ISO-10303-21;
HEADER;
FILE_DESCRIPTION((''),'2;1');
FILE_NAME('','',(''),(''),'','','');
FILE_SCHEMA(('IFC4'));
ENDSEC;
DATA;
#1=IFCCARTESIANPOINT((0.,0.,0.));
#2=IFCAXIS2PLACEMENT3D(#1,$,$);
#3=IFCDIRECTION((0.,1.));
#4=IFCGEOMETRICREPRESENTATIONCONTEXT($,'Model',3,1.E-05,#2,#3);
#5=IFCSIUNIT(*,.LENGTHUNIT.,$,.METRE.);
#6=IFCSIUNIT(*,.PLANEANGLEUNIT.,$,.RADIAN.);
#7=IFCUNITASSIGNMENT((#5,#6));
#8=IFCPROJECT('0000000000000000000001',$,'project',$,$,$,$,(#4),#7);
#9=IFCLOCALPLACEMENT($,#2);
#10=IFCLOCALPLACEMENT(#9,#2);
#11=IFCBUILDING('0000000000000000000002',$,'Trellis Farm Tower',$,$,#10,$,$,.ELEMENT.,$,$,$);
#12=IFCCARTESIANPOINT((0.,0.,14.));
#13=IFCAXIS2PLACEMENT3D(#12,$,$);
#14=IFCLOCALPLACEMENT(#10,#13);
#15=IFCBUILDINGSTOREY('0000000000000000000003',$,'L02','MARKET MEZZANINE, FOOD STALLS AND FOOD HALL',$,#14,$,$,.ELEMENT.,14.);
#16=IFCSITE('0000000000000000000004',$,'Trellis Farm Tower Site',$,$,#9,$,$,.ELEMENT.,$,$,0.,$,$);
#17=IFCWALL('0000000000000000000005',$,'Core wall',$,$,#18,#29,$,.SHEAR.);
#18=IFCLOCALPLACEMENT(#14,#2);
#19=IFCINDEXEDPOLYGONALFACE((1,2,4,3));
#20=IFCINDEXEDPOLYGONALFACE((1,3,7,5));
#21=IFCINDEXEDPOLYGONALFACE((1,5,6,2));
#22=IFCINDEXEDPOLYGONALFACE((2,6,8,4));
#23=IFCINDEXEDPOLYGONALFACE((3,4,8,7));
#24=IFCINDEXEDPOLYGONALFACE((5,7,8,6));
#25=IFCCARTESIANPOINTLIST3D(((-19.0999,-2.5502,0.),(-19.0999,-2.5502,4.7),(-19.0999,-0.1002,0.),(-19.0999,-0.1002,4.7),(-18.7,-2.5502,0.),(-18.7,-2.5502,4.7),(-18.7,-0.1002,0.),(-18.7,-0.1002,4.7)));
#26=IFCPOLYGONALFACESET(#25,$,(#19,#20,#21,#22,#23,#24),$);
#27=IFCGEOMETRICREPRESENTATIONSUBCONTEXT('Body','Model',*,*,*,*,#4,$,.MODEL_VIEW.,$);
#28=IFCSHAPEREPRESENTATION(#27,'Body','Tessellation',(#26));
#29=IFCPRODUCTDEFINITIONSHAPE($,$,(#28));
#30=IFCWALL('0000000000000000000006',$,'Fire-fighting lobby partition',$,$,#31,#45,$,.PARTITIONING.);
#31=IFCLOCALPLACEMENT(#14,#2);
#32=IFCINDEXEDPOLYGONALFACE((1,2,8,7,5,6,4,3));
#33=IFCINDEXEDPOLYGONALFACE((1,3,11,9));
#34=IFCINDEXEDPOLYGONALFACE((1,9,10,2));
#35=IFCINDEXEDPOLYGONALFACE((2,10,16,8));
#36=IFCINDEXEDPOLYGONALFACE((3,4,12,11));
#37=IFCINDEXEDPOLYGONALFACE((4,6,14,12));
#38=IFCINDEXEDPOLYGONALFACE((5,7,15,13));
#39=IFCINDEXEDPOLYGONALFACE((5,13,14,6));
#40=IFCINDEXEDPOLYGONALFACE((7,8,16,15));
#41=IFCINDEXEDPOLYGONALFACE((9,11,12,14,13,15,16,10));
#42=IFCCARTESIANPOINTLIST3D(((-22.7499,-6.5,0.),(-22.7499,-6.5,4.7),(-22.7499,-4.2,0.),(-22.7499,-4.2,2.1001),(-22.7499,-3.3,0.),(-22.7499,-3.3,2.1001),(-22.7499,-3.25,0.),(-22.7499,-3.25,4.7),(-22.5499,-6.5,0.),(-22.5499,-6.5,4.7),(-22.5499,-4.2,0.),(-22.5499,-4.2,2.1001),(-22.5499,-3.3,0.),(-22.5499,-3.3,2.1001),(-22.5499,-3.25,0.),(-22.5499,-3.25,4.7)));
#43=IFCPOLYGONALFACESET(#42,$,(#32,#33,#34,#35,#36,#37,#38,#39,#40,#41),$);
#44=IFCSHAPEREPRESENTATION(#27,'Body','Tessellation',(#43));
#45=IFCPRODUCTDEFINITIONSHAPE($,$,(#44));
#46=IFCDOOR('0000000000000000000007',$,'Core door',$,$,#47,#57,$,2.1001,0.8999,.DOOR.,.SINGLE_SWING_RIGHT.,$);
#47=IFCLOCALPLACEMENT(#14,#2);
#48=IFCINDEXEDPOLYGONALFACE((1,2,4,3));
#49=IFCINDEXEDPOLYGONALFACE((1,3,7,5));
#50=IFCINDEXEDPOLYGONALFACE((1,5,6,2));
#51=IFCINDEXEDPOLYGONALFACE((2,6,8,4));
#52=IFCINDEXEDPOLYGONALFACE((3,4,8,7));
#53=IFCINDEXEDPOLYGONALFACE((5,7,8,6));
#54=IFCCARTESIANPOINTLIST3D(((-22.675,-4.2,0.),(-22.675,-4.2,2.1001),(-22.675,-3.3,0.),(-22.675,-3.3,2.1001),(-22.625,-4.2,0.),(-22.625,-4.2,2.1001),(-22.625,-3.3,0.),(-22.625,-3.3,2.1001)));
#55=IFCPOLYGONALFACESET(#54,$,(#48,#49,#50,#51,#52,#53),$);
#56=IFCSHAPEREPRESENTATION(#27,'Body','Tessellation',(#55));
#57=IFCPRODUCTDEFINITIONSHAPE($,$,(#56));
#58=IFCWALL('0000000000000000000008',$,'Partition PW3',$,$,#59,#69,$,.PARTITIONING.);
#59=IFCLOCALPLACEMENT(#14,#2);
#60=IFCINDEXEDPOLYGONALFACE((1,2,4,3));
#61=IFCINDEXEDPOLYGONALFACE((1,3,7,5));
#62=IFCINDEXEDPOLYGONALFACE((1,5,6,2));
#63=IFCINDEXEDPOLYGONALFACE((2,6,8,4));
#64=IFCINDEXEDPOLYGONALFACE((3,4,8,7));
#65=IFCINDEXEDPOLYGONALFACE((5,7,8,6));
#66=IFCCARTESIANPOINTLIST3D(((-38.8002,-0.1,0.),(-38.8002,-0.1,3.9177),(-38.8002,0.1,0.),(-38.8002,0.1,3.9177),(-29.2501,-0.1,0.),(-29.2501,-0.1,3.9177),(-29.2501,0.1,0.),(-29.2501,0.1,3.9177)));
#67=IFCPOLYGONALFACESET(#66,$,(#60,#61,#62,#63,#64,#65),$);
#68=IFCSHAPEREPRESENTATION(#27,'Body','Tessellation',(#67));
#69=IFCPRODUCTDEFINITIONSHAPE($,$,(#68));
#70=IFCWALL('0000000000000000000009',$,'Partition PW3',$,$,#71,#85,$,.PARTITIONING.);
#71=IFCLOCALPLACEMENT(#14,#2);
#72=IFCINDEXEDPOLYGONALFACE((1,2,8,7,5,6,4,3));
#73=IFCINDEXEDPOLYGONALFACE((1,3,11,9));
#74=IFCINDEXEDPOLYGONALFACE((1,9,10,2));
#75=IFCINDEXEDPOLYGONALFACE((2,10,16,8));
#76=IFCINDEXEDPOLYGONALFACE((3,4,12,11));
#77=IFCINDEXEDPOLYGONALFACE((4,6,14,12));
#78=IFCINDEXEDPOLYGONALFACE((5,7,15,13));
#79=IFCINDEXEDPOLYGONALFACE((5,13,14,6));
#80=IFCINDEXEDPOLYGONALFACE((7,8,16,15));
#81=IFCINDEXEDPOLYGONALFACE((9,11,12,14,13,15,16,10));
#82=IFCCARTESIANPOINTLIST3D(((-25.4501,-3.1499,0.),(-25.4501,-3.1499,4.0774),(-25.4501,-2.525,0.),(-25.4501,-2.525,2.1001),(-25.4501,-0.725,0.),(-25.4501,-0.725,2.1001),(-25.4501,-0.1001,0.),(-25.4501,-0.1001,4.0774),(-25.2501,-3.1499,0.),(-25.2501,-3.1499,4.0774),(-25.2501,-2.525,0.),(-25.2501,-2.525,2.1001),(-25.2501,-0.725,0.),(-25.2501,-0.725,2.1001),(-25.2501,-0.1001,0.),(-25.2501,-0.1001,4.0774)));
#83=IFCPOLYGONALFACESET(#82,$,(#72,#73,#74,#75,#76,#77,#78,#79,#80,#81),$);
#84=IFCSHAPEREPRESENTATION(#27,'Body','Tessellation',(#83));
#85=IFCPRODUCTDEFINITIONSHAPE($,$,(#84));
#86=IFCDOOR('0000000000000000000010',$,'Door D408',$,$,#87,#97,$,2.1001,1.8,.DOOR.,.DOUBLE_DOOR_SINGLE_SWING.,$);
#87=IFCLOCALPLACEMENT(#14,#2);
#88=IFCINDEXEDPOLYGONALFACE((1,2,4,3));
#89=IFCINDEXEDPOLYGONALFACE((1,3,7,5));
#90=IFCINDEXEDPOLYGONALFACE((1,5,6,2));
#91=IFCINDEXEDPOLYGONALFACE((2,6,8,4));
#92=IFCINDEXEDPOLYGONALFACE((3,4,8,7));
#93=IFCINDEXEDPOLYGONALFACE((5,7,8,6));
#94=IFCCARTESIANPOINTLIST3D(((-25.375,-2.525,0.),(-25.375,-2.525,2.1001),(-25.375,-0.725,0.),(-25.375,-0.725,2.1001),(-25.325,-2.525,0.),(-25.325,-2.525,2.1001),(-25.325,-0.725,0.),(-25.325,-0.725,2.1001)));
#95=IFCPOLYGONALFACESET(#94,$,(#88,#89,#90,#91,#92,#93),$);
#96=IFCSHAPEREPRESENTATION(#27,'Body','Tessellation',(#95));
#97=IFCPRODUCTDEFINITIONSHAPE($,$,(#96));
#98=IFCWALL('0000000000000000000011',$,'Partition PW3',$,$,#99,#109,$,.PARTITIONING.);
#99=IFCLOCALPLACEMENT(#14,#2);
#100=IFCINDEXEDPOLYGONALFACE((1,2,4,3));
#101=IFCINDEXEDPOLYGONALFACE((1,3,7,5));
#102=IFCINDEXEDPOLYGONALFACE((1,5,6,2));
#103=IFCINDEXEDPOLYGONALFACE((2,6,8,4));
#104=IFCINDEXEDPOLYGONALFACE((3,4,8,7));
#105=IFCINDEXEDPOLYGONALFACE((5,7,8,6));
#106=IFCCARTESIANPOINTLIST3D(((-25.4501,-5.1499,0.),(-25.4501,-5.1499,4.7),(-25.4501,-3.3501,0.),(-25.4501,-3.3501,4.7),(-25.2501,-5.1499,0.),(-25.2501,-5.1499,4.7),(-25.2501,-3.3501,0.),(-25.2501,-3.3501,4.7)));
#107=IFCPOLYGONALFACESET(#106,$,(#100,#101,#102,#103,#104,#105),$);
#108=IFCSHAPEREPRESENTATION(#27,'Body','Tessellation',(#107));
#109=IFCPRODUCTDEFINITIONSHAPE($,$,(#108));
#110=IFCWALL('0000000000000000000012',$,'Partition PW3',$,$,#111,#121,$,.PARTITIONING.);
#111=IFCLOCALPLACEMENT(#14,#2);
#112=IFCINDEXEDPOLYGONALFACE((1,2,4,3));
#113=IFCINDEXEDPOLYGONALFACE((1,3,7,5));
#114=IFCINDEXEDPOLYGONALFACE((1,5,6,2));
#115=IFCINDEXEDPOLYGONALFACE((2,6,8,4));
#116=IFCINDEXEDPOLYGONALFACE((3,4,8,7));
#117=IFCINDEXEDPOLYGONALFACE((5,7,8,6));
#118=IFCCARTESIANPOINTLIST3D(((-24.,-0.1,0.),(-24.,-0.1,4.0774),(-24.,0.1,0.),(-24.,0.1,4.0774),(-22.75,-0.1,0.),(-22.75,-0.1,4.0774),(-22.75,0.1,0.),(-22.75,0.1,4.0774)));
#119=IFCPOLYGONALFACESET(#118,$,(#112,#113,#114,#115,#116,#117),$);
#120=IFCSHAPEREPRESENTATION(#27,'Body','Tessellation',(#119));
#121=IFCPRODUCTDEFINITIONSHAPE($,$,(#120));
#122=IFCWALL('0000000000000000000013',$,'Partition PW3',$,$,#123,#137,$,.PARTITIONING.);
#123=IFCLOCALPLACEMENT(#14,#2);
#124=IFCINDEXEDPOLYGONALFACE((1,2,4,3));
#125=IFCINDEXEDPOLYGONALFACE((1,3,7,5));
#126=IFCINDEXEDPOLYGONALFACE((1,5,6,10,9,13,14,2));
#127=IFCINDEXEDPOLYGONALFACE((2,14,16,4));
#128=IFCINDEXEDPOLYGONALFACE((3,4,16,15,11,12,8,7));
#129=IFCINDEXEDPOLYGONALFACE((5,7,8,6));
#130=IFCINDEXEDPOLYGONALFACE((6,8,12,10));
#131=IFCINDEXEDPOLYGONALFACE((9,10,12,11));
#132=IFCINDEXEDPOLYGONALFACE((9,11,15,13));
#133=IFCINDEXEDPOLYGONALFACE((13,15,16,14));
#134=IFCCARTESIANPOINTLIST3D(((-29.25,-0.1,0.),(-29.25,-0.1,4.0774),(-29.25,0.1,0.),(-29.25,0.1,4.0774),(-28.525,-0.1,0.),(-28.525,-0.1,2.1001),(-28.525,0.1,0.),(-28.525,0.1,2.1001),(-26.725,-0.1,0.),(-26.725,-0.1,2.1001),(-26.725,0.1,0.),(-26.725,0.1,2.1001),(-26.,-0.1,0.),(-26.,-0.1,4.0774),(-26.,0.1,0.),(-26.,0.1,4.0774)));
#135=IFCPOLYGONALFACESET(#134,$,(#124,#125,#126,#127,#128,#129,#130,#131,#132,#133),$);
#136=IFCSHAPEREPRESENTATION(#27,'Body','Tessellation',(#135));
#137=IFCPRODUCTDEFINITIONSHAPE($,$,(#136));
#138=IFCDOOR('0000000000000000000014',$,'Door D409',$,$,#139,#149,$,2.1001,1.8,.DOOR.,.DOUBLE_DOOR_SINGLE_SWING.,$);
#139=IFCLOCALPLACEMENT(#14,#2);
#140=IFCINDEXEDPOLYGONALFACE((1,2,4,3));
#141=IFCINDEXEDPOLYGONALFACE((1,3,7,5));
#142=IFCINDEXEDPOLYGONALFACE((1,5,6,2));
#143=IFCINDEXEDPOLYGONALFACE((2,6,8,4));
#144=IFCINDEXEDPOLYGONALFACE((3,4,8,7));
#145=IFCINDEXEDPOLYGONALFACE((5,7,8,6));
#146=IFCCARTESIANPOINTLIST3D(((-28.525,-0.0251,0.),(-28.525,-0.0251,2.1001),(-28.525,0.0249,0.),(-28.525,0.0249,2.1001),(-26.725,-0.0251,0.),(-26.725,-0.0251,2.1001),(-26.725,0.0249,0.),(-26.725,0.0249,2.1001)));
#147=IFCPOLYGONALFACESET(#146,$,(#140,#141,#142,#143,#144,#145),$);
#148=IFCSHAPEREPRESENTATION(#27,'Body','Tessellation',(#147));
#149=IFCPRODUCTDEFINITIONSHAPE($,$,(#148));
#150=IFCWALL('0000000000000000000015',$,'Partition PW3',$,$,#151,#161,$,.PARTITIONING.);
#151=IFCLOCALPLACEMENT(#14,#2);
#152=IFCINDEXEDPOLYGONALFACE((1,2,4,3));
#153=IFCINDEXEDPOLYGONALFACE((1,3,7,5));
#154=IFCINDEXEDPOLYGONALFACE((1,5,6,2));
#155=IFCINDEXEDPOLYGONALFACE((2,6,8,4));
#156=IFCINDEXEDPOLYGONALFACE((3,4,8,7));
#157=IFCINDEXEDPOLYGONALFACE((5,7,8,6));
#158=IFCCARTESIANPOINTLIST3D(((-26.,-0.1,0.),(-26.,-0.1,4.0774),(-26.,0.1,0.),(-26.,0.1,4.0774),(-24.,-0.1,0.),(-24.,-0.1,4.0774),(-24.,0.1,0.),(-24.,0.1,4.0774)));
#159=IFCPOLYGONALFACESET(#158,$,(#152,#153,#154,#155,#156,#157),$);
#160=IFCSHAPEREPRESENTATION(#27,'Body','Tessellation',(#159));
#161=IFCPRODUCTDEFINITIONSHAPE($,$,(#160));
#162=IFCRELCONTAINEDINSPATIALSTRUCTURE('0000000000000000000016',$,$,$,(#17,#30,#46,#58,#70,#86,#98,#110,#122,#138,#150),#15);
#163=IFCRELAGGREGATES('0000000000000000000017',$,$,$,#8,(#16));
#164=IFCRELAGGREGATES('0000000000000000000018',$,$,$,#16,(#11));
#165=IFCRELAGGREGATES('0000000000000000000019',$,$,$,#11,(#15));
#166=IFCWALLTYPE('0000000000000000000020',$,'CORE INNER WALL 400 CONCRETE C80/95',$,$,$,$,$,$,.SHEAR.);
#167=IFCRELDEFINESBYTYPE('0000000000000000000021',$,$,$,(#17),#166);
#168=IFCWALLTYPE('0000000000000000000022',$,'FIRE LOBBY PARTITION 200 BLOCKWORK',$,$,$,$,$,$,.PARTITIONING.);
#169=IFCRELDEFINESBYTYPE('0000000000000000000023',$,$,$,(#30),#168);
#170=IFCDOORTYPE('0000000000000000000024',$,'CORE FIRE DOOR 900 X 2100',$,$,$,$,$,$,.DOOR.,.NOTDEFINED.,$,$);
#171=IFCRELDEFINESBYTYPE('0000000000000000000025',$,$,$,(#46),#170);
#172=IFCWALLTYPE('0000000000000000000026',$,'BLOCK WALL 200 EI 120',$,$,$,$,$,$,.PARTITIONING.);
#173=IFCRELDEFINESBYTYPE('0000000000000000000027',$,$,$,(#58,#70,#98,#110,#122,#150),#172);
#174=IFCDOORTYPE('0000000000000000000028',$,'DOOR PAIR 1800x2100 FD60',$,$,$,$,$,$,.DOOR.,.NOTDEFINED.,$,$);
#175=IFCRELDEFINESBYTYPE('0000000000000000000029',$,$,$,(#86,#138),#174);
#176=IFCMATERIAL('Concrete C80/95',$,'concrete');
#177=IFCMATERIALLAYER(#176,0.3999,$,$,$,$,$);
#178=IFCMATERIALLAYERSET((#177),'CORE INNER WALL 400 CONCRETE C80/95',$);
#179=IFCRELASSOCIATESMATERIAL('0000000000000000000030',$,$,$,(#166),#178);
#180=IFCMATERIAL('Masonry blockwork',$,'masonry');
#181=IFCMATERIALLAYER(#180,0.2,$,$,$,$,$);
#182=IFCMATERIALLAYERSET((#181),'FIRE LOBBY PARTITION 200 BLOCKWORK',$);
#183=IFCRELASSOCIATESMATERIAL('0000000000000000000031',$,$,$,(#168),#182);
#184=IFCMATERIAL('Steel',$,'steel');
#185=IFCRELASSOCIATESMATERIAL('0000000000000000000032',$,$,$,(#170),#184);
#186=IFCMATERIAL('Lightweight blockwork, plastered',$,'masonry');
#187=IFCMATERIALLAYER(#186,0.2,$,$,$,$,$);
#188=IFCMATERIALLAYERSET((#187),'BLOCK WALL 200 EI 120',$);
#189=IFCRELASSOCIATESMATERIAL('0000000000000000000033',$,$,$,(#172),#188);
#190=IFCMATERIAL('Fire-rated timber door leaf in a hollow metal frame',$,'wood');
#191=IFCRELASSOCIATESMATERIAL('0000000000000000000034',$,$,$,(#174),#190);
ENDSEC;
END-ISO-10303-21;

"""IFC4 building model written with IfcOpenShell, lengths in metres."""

from ifc_helpers import new_model, si_unit, direction, frame, frame_2d, origin, place, context, subcontext, project, spatial, rectangle, extrude, source, transform, mapped, material, layer, layer_set, type_object, element, fill, save


model = new_model("IFC4")

# Units and contexts
model_context = context("Model", 3, precision=1e-05, world=origin(), true_north=direction((0.0, 1.0)))
body_context = subcontext(model_context, "Body", "Model", "MODEL_VIEW")
ifc_project = project(units=[si_unit("LENGTHUNIT", "METRE"), si_unit("PLANEANGLEUNIT", "RADIAN")], contexts=[model_context])

# Site, building, storey
site_placement = place(None, origin())
site = spatial("IfcSite", under=ifc_project, at=site_placement, Name="Trellis Farm Tower Site", CompositionType="ELEMENT", RefElevation=0.0)
building_placement = place(site_placement, origin())
building = spatial("IfcBuilding", under=site, at=building_placement, Name="Trellis Farm Tower", CompositionType="ELEMENT")
storey_placement = place(building_placement, frame((0.0, 0.0, 14.0)))
storey = spatial("IfcBuildingStorey", under=building, at=storey_placement, Name="L02", Description="MARKET MEZZANINE, FOOD STALLS AND FOOD HALL", CompositionType="ELEMENT", Elevation=14.0)

# Shared definitions
ifc_material_1 = material(Name="Concrete C80/95", Category="concrete")

# Wall
ifc_layer_1 = layer(ifc_material_1, 0.3999)
ifc_layer_set_1 = layer_set([ifc_layer_1], Name="CORE INNER WALL 400 CONCRETE C80/95")
wall_type_1 = type_object("IfcWallType", Name="CORE INNER WALL 400 CONCRETE C80/95", PredefinedType="SHEAR", material=ifc_layer_set_1)
shared_shape_1 = source(origin(), body_context, "Body", "SweptSolid", [
    extrude(rectangle(XDim=2.45, YDim=0.3999, at=frame_2d((1.2251, 0.0))), origin(), (0.0, 0.0, 1.0), 4.7),
])
wall_1_placement = place(storey_placement, frame((-18.8999, -0.1001, 0.0), z_axis=(0.0, 0.0, 1.0), x_axis=(0.0, -1.0, 0.0)))
element("IfcWall", 1, at=wall_1_placement, inside=storey, type_object=wall_type_1, Name="Core wall", PredefinedType="SHEAR", context=body_context, shape_type="MappedRepresentation", body=[
    mapped(shared_shape_1, transform((0.0, 0.0, 0.0))),
])

# Wall, opening, door
ifc_material_2 = material(Name="Masonry blockwork", Category="masonry")
ifc_layer_2 = layer(ifc_material_2, 0.2)
ifc_layer_set_2 = layer_set([ifc_layer_2], Name="FIRE LOBBY PARTITION 200 BLOCKWORK")
wall_type_2 = type_object("IfcWallType", Name="FIRE LOBBY PARTITION 200 BLOCKWORK", PredefinedType="PARTITIONING", material=ifc_layer_set_2)
shared_shape_2 = source(origin(), body_context, "Body", "SweptSolid", [
    extrude(rectangle(XDim=3.25, YDim=0.2, at=frame_2d((1.625, 0.0))), origin(), (0.0, 0.0, 1.0), 4.7),
])
wall_2_placement = place(storey_placement, frame((-22.6499, -3.25, 0.0), z_axis=(0.0, 0.0, 1.0), x_axis=(0.0, -1.0, 0.0)))
wall_2 = element("IfcWall", 2, at=wall_2_placement, inside=storey, type_object=wall_type_2, Name="Fire-fighting lobby partition", PredefinedType="PARTITIONING", context=body_context, shape_type="MappedRepresentation", body=[
    mapped(shared_shape_2, transform((0.0, 0.0, 0.0))),
])
shared_shape_3 = source(origin(), body_context, "Body", "SweptSolid", [
    extrude(rectangle(XDim=0.8999, YDim=2.1001, at=frame_2d((0.45, 1.05))), frame((0.0, 0.1101, 0.0), z_axis=(0.0, -1.0, 0.0), x_axis=(1.0, 0.0, 0.0)), (0.0, 0.0, 1.0), 0.2202),
])
opening_1_placement = place(wall_2_placement, frame((0.05, 0.0, 0.0)))
opening_1 = element("IfcOpeningElement", 3, at=opening_1_placement, cuts=wall_2, PredefinedType="OPENING", context=body_context, shape_type="MappedRepresentation", body=[
    mapped(shared_shape_3, transform((0.0, 0.0, 0.0))),
])
ifc_material_3 = material(Name="Steel", Category="steel")
door_type_1 = type_object("IfcDoorType", Name="CORE FIRE DOOR 900 X 2100", OperationType="NOTDEFINED", PredefinedType="DOOR", material=ifc_material_3)
shared_shape_4 = source(origin(), body_context, "Body", "SweptSolid", [
    extrude(rectangle(XDim=0.8999, YDim=2.1001, at=frame_2d((0.45, 1.05))), frame((0.0, 0.0249, 0.0), z_axis=(0.0, -1.0, 0.0), x_axis=(1.0, 0.0, 0.0)), (0.0, 0.0, 1.0), 0.05),
])
door_1_placement = place(opening_1_placement, origin())
door_1 = element("IfcDoor", 4, at=door_1_placement, inside=storey, type_object=door_type_1, Name="Core door", OperationType="SINGLE_SWING_RIGHT", OverallHeight=2.1001, OverallWidth=0.8999, PredefinedType="DOOR", context=body_context, shape_type="MappedRepresentation", body=[
    mapped(shared_shape_4, transform((0.0, 0.0, 0.0))),
])
fill(opening_1, door_1)

# Wall
ifc_material_4 = material(Name="Lightweight blockwork, plastered", Category="masonry")
ifc_layer_3 = layer(ifc_material_4, 0.2)
ifc_layer_set_3 = layer_set([ifc_layer_3], Name="BLOCK WALL 200 EI 120")
wall_type_3 = type_object("IfcWallType", Name="BLOCK WALL 200 EI 120", PredefinedType="PARTITIONING", material=ifc_layer_set_3)
shared_shape_5 = source(origin(), body_context, "Body", "SweptSolid", [
    extrude(rectangle(XDim=9.55, YDim=0.2, at=frame_2d((4.7749, 0.0))), origin(), (0.0, 0.0, 1.0), 3.9177),
])
wall_3_placement = place(storey_placement, frame((-38.8, 0.0, 0.0), z_axis=(0.0, 0.0, 1.0), x_axis=(1.0, 0.0, 0.0)))
element("IfcWall", 5, at=wall_3_placement, inside=storey, type_object=wall_type_3, Name="Partition PW3", PredefinedType="PARTITIONING", context=body_context, shape_type="MappedRepresentation", body=[
    mapped(shared_shape_5, transform((0.0, 0.0, 0.0))),
])

# Wall, opening, door
shared_shape_6 = source(origin(), body_context, "Body", "SweptSolid", [
    extrude(rectangle(XDim=3.0498, YDim=0.2, at=frame_2d((1.5249, 0.0))), origin(), (0.0, 0.0, 1.0), 4.0774),
])
wall_4_placement = place(storey_placement, frame((-25.3501, -3.1499, 0.0), z_axis=(0.0, 0.0, 1.0), x_axis=(0.0, 1.0, 0.0)))
wall_4 = element("IfcWall", 6, at=wall_4_placement, inside=storey, type_object=wall_type_3, Name="Partition PW3", PredefinedType="PARTITIONING", context=body_context, shape_type="MappedRepresentation", body=[
    mapped(shared_shape_6, transform((0.0, 0.0, 0.0))),
])
shared_shape_7 = source(origin(), body_context, "Body", "SweptSolid", [
    extrude(rectangle(XDim=1.8, YDim=2.1001, at=frame_2d((0.8999, 1.05))), frame((0.0, 0.1101, 0.0), z_axis=(0.0, -1.0, 0.0), x_axis=(1.0, 0.0, 0.0)), (0.0, 0.0, 1.0), 0.2202),
])
opening_2_placement = place(wall_4_placement, frame((0.625, 0.0, 0.0)))
opening_2 = element("IfcOpeningElement", 7, at=opening_2_placement, cuts=wall_4, PredefinedType="OPENING", context=body_context, shape_type="MappedRepresentation", body=[
    mapped(shared_shape_7, transform((0.0, 0.0, 0.0))),
])
ifc_material_5 = material(Name="Fire-rated timber door leaf in a hollow metal frame", Category="wood")
door_type_2 = type_object("IfcDoorType", Name="DOOR PAIR 1800x2100 FD60", OperationType="NOTDEFINED", PredefinedType="DOOR", material=ifc_material_5)
shared_shape_8 = source(origin(), body_context, "Body", "SweptSolid", [
    extrude(rectangle(XDim=1.8, YDim=2.1001, at=frame_2d((0.8999, 1.05))), frame((0.0, 0.0249, 0.0), z_axis=(0.0, -1.0, 0.0), x_axis=(1.0, 0.0, 0.0)), (0.0, 0.0, 1.0), 0.05),
])
door_2_placement = place(opening_2_placement, origin())
door_2 = element("IfcDoor", 8, at=door_2_placement, inside=storey, type_object=door_type_2, Name="Door D408", OperationType="DOUBLE_DOOR_SINGLE_SWING", OverallHeight=2.1001, OverallWidth=1.8, PredefinedType="DOOR", context=body_context, shape_type="MappedRepresentation", body=[
    mapped(shared_shape_8, transform((0.0, 0.0, 0.0))),
])
fill(opening_2, door_2)

# Walls
shared_shape_9 = source(origin(), body_context, "Body", "SweptSolid", [
    extrude(rectangle(XDim=1.7998, YDim=0.2, at=frame_2d((0.8999, 0.0))), origin(), (0.0, 0.0, 1.0), 4.7),
])
wall_5_placement = place(storey_placement, frame((-25.3501, -3.3501, 0.0), z_axis=(0.0, 0.0, 1.0), x_axis=(0.0, -1.0, 0.0)))
element("IfcWall", 9, at=wall_5_placement, inside=storey, type_object=wall_type_3, Name="Partition PW3", PredefinedType="PARTITIONING", context=body_context, shape_type="MappedRepresentation", body=[
    mapped(shared_shape_9, transform((0.0, 0.0, 0.0))),
])
shared_shape_10 = source(origin(), body_context, "Body", "SweptSolid", [
    extrude(rectangle(XDim=1.25, YDim=0.2, at=frame_2d((0.625, 0.0))), origin(), (0.0, 0.0, 1.0), 4.0774),
])
wall_6_placement = place(storey_placement, frame((-24.0, 0.0, 0.0), z_axis=(0.0, 0.0, 1.0), x_axis=(1.0, 0.0, 0.0)))
element("IfcWall", 10, at=wall_6_placement, inside=storey, type_object=wall_type_3, Name="Partition PW3", PredefinedType="PARTITIONING", context=body_context, shape_type="MappedRepresentation", body=[
    mapped(shared_shape_10, transform((0.0, 0.0, 0.0))),
])

# Wall, opening, door
shared_shape_11 = source(origin(), body_context, "Body", "SweptSolid", [
    extrude(rectangle(XDim=3.25, YDim=0.2, at=frame_2d((1.625, 0.0))), origin(), (0.0, 0.0, 1.0), 4.0774),
])
wall_7_placement = place(storey_placement, frame((-29.25, 0.0, 0.0), z_axis=(0.0, 0.0, 1.0), x_axis=(1.0, 0.0, 0.0)))
wall_7 = element("IfcWall", 11, at=wall_7_placement, inside=storey, type_object=wall_type_3, Name="Partition PW3", PredefinedType="PARTITIONING", context=body_context, shape_type="MappedRepresentation", body=[
    mapped(shared_shape_11, transform((0.0, 0.0, 0.0))),
])
opening_3_placement = place(wall_7_placement, frame((0.7251, 0.0, 0.0)))
opening_3 = element("IfcOpeningElement", 12, at=opening_3_placement, cuts=wall_7, PredefinedType="OPENING", context=body_context, shape_type="MappedRepresentation", body=[
    mapped(shared_shape_7, transform((0.0, 0.0, 0.0))),
])
door_3_placement = place(opening_3_placement, origin())
door_3 = element("IfcDoor", 13, at=door_3_placement, inside=storey, type_object=door_type_2, Name="Door D409", OperationType="DOUBLE_DOOR_SINGLE_SWING", OverallHeight=2.1001, OverallWidth=1.8, PredefinedType="DOOR", context=body_context, shape_type="MappedRepresentation", body=[
    mapped(shared_shape_8, transform((0.0, 0.0, 0.0))),
])
fill(opening_3, door_3)

# Wall
shared_shape_12 = source(origin(), body_context, "Body", "SweptSolid", [
    extrude(rectangle(XDim=2.0, YDim=0.2, at=frame_2d((1.0, 0.0))), origin(), (0.0, 0.0, 1.0), 4.0774),
])
wall_8_placement = place(storey_placement, frame((-26.0, 0.0, 0.0), z_axis=(0.0, 0.0, 1.0), x_axis=(1.0, 0.0, 0.0)))
element("IfcWall", 14, at=wall_8_placement, inside=storey, type_object=wall_type_3, Name="Partition PW3", PredefinedType="PARTITIONING", context=body_context, shape_type="MappedRepresentation", body=[
    mapped(shared_shape_12, transform((0.0, 0.0, 0.0))),
])

save(model, "model.ifc")
